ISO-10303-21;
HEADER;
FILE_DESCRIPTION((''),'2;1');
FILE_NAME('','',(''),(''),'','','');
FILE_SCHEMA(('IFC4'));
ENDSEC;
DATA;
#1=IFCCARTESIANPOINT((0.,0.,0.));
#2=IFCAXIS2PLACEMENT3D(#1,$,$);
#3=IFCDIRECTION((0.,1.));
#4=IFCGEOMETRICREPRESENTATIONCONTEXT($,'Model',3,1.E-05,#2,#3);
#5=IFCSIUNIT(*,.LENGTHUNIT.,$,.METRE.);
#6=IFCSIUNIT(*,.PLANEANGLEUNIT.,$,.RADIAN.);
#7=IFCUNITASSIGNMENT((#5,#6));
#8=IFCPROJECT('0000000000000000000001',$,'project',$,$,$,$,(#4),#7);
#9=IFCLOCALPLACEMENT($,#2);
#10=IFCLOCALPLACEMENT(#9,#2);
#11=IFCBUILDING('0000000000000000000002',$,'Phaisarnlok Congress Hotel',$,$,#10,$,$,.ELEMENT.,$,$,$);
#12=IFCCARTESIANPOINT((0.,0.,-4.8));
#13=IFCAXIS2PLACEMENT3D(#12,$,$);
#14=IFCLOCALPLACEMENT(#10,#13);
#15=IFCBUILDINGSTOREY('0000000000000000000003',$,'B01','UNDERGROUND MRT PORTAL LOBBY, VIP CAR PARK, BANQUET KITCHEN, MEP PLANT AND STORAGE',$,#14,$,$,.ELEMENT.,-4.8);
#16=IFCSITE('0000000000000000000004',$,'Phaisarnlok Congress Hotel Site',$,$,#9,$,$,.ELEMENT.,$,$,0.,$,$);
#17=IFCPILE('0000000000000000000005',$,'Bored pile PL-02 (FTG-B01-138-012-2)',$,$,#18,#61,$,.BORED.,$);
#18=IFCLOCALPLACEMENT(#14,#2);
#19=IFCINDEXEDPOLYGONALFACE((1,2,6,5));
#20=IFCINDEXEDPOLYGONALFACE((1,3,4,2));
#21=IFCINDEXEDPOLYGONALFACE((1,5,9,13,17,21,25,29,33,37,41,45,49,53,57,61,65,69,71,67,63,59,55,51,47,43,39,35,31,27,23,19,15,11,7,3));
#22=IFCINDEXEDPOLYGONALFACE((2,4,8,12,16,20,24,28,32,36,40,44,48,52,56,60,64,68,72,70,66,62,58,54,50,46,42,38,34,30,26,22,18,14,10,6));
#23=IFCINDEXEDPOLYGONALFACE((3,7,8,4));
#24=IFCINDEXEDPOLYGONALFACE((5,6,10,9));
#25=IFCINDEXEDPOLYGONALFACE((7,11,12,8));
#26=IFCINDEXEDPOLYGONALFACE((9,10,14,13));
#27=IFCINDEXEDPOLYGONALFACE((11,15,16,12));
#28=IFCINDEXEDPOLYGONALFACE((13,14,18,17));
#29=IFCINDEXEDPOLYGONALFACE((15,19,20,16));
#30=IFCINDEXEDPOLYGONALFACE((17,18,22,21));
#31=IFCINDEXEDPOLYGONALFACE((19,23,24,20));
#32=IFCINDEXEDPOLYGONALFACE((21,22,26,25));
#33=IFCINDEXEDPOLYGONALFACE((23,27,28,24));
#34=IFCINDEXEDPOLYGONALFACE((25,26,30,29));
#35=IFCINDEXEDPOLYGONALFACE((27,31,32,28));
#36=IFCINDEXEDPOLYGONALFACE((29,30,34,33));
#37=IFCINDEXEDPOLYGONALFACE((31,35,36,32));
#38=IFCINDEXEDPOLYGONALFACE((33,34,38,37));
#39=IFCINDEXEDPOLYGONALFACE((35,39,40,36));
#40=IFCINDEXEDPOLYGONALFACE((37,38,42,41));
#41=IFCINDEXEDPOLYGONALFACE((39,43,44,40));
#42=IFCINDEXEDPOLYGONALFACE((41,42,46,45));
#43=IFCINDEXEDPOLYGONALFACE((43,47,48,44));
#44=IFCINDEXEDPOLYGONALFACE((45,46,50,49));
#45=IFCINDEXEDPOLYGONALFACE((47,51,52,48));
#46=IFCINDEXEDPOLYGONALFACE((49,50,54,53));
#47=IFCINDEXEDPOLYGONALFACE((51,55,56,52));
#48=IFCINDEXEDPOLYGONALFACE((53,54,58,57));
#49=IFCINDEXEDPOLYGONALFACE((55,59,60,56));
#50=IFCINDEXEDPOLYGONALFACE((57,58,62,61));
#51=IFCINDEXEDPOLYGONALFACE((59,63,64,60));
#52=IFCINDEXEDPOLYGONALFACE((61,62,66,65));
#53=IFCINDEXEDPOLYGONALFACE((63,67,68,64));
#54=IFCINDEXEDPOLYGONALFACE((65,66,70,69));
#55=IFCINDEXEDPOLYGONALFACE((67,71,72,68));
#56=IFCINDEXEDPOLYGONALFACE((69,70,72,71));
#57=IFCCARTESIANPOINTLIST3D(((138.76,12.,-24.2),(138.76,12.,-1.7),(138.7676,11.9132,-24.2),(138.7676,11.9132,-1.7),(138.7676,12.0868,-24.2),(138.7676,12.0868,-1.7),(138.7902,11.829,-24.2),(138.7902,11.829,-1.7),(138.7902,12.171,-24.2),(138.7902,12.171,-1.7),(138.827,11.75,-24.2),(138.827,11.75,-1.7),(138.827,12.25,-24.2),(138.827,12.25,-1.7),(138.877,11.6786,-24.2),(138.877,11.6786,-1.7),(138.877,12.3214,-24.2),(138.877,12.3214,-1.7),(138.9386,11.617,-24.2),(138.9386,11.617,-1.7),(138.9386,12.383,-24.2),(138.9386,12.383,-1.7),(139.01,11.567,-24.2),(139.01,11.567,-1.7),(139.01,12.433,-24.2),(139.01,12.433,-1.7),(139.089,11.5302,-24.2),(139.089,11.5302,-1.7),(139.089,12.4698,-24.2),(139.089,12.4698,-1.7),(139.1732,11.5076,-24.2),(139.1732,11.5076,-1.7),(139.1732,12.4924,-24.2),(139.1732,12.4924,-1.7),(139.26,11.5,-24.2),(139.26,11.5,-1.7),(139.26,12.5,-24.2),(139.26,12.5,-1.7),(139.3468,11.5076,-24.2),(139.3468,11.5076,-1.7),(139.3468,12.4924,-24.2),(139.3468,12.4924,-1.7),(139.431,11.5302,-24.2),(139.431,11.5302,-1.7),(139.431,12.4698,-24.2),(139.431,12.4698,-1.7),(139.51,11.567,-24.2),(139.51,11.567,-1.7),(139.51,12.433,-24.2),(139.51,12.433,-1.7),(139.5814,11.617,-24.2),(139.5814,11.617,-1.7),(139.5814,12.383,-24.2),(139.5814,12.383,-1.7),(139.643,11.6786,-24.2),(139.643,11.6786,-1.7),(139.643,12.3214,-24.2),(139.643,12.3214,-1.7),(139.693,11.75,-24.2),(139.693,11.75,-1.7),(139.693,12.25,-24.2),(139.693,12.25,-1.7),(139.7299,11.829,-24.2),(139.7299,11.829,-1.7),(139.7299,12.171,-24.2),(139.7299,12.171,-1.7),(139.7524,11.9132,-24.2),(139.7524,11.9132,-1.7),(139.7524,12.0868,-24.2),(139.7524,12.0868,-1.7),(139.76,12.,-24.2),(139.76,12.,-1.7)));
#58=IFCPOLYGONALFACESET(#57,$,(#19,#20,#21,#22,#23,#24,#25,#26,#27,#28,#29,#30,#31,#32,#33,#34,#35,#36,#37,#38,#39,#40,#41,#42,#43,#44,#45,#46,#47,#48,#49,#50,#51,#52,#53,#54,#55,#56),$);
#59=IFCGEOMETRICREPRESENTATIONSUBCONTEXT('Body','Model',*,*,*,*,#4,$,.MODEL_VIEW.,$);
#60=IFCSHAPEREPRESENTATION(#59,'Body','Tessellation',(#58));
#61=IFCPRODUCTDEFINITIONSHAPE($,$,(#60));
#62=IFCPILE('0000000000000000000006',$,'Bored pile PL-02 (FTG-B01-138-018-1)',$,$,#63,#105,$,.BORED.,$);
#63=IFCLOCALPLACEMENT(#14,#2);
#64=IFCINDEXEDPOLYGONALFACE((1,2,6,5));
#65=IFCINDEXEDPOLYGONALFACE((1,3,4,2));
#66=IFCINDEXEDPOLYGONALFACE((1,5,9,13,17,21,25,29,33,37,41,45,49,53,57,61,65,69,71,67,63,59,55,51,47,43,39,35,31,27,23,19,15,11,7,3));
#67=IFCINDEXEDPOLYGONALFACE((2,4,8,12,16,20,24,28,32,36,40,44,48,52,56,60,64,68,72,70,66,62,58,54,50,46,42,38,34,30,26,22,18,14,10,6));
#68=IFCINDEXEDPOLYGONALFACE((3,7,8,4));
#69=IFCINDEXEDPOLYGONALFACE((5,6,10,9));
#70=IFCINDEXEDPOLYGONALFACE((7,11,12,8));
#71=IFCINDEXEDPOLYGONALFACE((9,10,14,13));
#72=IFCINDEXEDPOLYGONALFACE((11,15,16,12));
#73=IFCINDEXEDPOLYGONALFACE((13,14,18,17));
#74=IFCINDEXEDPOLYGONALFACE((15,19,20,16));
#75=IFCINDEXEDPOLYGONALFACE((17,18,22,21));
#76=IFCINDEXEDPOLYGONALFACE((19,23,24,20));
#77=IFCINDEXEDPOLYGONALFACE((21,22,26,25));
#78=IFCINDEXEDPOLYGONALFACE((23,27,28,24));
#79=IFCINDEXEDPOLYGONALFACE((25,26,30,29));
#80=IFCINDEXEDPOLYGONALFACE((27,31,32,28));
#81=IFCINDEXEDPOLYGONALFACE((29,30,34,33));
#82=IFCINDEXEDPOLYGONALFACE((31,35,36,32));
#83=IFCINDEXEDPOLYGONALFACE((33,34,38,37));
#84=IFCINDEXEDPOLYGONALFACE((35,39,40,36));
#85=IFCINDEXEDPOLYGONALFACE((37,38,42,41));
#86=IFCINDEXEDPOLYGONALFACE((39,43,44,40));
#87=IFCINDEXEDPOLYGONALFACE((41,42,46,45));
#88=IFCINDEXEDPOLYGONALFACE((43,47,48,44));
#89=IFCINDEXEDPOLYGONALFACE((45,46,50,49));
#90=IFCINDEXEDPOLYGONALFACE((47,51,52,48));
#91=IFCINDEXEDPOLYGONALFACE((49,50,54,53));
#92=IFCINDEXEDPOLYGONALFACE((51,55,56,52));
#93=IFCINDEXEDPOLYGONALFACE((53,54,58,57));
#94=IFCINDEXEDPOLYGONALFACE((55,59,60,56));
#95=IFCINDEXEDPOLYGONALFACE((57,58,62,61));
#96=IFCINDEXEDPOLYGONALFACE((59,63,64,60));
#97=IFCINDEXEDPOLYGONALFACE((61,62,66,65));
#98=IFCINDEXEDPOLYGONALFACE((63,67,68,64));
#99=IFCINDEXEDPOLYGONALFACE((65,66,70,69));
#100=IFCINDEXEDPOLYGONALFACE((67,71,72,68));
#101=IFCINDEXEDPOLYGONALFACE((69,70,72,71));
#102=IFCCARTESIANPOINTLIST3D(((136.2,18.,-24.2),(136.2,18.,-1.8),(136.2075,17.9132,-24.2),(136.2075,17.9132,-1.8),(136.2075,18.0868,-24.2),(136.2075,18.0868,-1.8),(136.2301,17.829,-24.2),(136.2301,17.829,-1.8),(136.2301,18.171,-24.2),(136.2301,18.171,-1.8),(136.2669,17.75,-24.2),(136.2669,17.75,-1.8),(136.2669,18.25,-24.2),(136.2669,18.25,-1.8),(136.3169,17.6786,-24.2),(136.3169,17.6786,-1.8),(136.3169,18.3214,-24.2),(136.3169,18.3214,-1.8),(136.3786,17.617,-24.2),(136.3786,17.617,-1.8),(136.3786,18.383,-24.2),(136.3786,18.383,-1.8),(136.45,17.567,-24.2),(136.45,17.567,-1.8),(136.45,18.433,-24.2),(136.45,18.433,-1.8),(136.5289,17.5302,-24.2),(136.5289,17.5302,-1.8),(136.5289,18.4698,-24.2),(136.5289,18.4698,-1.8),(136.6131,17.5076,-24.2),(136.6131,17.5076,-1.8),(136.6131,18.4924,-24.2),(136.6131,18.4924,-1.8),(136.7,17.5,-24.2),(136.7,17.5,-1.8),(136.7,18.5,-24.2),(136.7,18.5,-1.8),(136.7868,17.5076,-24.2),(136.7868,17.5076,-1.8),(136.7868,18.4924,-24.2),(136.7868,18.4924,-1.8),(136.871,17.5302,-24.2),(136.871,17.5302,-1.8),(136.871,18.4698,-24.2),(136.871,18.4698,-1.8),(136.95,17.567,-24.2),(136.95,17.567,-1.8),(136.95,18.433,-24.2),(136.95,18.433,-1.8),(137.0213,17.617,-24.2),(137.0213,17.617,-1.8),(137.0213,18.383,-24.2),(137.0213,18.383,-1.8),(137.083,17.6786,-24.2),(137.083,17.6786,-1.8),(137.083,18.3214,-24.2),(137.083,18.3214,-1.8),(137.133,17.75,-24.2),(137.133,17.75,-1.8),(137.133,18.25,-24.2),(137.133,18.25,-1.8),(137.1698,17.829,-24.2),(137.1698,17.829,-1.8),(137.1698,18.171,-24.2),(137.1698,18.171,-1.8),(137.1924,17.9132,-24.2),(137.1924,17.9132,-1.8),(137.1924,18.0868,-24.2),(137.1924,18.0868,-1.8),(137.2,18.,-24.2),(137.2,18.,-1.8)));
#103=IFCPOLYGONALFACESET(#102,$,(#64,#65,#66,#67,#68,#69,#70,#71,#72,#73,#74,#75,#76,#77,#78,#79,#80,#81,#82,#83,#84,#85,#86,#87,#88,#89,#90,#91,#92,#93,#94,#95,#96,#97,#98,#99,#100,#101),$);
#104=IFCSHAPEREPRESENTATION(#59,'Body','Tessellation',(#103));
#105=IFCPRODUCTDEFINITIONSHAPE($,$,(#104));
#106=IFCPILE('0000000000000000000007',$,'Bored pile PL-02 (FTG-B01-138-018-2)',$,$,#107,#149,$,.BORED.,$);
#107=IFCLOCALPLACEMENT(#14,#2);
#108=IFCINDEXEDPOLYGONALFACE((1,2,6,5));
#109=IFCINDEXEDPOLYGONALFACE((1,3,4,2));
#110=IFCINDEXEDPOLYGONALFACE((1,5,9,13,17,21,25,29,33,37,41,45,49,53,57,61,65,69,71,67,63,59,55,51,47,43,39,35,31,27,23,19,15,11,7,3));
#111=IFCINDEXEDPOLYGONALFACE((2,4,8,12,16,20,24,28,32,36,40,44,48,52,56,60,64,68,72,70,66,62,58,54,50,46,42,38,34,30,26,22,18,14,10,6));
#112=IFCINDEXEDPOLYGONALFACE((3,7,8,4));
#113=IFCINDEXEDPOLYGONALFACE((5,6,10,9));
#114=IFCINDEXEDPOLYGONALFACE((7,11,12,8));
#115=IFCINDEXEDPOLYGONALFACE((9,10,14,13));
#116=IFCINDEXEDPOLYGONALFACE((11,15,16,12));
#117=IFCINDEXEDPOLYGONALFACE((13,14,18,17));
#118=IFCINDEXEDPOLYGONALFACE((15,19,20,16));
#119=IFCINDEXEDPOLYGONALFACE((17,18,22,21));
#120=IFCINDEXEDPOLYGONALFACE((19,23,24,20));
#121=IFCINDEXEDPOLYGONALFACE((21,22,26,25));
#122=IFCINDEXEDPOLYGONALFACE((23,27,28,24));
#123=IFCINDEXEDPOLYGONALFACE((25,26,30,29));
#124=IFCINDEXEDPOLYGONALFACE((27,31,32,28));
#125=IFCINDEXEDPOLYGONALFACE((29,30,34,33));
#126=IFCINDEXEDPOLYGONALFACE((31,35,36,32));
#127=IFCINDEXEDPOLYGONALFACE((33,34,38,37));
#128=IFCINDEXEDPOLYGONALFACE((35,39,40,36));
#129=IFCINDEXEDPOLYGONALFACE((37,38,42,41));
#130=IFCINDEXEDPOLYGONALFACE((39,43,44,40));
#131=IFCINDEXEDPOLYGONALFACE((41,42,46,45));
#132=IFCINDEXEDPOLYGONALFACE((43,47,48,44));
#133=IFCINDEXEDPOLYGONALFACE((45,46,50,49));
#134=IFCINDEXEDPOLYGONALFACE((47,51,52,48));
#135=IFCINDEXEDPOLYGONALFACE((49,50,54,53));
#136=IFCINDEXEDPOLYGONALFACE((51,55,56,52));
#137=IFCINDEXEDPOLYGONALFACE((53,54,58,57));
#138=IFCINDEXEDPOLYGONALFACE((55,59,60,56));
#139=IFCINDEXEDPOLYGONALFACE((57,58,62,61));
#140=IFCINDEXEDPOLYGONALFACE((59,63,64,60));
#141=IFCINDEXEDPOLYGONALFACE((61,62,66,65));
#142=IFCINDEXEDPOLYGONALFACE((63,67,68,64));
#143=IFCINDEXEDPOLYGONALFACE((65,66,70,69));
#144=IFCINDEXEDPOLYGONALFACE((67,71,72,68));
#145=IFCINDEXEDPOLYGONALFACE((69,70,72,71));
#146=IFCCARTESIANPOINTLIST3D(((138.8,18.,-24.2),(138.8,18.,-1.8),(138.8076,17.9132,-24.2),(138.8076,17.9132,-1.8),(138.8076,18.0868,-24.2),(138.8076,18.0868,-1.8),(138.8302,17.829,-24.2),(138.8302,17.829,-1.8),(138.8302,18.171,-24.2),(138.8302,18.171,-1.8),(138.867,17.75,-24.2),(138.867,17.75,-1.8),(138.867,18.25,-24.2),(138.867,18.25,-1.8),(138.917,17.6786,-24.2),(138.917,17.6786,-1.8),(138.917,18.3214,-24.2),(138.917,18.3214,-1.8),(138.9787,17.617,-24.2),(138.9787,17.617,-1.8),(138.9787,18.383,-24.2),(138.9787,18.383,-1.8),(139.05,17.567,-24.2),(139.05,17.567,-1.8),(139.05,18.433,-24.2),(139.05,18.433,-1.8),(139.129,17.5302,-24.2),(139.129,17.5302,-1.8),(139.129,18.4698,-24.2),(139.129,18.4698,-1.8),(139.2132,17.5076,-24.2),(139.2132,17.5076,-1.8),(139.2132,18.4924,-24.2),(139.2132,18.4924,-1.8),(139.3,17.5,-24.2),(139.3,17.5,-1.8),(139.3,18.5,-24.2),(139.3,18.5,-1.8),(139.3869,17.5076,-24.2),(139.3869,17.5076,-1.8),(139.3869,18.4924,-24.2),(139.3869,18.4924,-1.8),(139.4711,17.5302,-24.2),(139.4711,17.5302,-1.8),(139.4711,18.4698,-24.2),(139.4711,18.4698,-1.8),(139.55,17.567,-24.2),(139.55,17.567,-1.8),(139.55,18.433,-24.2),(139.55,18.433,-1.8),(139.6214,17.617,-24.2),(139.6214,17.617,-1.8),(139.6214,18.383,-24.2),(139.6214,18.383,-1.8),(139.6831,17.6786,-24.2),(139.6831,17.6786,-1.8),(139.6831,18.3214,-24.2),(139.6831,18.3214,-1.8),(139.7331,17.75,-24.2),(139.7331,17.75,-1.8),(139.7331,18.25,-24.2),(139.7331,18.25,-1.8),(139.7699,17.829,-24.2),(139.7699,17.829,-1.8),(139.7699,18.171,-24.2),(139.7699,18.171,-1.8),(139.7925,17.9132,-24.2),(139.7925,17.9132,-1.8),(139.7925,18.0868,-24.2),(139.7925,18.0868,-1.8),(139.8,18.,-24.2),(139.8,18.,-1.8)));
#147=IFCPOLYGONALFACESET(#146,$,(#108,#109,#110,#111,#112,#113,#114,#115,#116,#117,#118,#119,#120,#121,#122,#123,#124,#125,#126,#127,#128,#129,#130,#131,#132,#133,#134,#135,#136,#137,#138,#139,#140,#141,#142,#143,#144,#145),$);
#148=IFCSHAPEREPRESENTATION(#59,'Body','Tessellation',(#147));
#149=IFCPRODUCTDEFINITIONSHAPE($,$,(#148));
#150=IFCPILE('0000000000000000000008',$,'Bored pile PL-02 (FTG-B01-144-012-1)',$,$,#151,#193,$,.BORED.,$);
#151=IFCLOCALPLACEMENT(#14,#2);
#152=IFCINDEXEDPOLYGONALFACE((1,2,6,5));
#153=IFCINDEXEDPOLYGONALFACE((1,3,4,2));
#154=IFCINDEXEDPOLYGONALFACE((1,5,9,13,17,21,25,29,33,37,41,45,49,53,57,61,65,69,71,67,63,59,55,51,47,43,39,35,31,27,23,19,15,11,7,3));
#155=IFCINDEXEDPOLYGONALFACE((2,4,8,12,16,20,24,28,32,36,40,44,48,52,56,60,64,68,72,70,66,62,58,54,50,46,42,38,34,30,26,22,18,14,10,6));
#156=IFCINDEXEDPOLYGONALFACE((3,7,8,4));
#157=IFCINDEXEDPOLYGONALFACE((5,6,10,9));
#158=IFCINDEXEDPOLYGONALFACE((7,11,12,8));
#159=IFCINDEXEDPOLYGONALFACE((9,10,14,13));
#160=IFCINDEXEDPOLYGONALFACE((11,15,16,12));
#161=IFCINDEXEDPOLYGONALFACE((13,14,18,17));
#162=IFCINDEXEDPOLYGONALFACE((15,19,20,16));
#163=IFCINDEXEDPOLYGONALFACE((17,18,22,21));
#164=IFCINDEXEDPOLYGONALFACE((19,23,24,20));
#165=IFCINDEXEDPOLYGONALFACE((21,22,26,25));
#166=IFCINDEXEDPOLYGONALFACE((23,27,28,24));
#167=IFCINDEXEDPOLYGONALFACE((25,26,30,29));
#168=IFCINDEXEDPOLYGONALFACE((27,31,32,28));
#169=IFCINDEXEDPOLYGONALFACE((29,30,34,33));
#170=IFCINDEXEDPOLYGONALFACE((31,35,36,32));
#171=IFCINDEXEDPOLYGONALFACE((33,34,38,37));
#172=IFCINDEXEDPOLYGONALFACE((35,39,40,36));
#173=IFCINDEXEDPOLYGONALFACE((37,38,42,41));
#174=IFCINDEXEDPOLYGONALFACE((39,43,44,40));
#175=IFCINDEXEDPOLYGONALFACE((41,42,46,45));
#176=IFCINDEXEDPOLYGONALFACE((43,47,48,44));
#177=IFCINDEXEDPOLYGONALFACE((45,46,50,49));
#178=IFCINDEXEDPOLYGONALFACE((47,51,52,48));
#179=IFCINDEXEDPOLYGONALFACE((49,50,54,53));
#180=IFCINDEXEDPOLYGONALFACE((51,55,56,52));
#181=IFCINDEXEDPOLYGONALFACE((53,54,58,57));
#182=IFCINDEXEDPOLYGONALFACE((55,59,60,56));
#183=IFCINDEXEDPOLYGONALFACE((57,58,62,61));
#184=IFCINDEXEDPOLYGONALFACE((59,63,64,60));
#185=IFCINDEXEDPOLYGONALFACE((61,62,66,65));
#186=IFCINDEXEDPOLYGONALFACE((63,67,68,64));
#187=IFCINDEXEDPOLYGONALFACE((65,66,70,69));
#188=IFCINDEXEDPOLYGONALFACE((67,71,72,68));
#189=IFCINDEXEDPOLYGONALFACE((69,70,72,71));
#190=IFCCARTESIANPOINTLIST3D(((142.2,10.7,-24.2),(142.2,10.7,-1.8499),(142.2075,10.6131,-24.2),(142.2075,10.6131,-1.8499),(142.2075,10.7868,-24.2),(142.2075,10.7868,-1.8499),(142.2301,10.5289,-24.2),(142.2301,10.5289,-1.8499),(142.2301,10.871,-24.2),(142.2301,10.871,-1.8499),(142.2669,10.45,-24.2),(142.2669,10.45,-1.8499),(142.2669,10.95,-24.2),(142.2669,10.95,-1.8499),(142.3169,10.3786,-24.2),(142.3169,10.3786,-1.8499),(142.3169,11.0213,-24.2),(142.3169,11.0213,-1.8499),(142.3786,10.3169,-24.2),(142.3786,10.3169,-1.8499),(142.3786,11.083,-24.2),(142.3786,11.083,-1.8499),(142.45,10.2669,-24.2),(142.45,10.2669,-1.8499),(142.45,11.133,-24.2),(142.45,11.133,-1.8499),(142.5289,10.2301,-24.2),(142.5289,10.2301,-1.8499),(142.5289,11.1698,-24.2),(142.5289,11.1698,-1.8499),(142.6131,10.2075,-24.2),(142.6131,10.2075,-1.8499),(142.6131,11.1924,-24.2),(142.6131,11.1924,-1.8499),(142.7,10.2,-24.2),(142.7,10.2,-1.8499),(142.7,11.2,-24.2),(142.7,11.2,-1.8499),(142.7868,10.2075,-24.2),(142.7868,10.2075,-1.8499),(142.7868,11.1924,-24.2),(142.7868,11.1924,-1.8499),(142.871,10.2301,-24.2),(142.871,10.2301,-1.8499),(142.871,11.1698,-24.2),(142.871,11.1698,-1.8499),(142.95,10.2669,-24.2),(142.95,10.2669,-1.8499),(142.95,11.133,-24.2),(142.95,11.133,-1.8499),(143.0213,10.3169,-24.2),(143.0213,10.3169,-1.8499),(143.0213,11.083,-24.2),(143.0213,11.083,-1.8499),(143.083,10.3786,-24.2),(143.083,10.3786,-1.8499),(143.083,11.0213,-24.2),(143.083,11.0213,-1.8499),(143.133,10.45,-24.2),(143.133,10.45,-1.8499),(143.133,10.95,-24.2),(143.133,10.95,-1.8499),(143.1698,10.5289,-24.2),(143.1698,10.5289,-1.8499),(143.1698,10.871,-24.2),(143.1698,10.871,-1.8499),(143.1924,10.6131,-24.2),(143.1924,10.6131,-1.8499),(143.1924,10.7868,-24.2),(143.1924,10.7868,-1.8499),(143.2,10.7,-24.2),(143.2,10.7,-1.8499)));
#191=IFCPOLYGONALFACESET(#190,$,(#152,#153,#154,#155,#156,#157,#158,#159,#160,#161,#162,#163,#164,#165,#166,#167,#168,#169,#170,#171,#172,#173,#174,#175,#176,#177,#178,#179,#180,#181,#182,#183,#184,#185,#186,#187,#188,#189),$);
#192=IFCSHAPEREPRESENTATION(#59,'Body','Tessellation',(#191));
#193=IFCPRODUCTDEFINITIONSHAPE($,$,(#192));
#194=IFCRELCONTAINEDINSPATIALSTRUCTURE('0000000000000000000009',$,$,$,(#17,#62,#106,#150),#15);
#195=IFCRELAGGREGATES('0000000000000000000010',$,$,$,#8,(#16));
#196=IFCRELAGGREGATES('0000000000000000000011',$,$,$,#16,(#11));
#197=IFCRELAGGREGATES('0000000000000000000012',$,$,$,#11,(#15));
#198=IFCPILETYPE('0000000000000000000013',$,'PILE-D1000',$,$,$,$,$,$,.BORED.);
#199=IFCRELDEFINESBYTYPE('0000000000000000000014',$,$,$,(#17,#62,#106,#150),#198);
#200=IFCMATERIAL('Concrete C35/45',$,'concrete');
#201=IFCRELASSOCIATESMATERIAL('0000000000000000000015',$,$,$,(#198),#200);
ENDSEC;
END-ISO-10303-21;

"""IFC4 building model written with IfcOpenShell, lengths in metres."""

from ifc_helpers import new_model, si_unit, direction, frame, origin, origin_2d, place, context, subcontext, project, spatial, circle, extrude, material, material_profile, profile_set, type_object, element, save


model = new_model("IFC4")

# Units and contexts
model_context = context("Model", 3, precision=1e-05, world=origin(), true_north=direction((0.0, 1.0)))
body_context = subcontext(model_context, "Body", "Model", "MODEL_VIEW")
ifc_project = project(units=[si_unit("LENGTHUNIT", "METRE"), si_unit("PLANEANGLEUNIT", "RADIAN")], contexts=[model_context])

# Site, building, storey
site_placement = place(None, origin())
site = spatial("IfcSite", under=ifc_project, at=site_placement, Name="Phaisarnlok Congress Hotel Site", CompositionType="ELEMENT", RefElevation=0.0)
building_placement = place(site_placement, origin())
building = spatial("IfcBuilding", under=site, at=building_placement, Name="Phaisarnlok Congress Hotel", CompositionType="ELEMENT")
storey_placement = place(building_placement, frame((0.0, 0.0, -4.8)))
storey = spatial("IfcBuildingStorey", under=building, at=storey_placement, Name="B01", Description="UNDERGROUND MRT PORTAL LOBBY, VIP CAR PARK, BANQUET KITCHEN, MEP PLANT AND STORAGE", CompositionType="ELEMENT", Elevation=-4.8)

# Piles
ifc_material_1 = material(Name="Concrete C35/45", Category="concrete")
ifc_material_profile_1 = material_profile(ifc_material_1, circle(Radius=0.5, at=origin_2d()), Name="BORED PILE D1000")
ifc_profile_set_1 = profile_set([ifc_material_profile_1], Name="Concrete C35/45")
pile_type_1 = type_object("IfcPileType", Name="PILE-D1000", PredefinedType="BORED", material=ifc_profile_set_1)
for number, where, z_axis, x_axis, name in (
    (1, (139.26, 12.0, -1.7), (0.0, 0.0, -1.0), (1.0, 0.0, 0.0), "Bored pile PL-02 (FTG-B01-138-012-2)"),
):
    element("IfcPile", number, at=place(storey_placement, frame(where, z_axis=z_axis, x_axis=x_axis)), inside=storey, type_object=pile_type_1, Name=name, PredefinedType="BORED", context=body_context, shape_type="SweptSolid", body=[
        extrude(circle(Radius=0.5, at=origin_2d()), origin(), (0.0, 0.0, 1.0), 22.5),
    ])
for number, where, z_axis, x_axis, name in (
    (2, (136.7, 18.0, -1.8), (0.0, 0.0, -1.0), (1.0, 0.0, 0.0), "Bored pile PL-02 (FTG-B01-138-018-1)"),
    (3, (139.3, 18.0, -1.8), (0.0, 0.0, -1.0), (1.0, 0.0, 0.0), "Bored pile PL-02 (FTG-B01-138-018-2)"),
):
    element("IfcPile", number, at=place(storey_placement, frame(where, z_axis=z_axis, x_axis=x_axis)), inside=storey, type_object=pile_type_1, Name=name, PredefinedType="BORED", context=body_context, shape_type="SweptSolid", body=[
        extrude(circle(Radius=0.5, at=origin_2d()), origin(), (0.0, 0.0, 1.0), 22.3999),
    ])
for number, where, z_axis, x_axis, name in (
    (4, (142.7, 10.7, -1.8499), (0.0, 0.0, -1.0), (1.0, 0.0, 0.0), "Bored pile PL-02 (FTG-B01-144-012-1)"),
):
    element("IfcPile", number, at=place(storey_placement, frame(where, z_axis=z_axis, x_axis=x_axis)), inside=storey, type_object=pile_type_1, Name=name, PredefinedType="BORED", context=body_context, shape_type="SweptSolid", body=[
        extrude(circle(Radius=0.5, at=origin_2d()), origin(), (0.0, 0.0, 1.0), 22.3501),
    ])

save(model, "model.ifc")
